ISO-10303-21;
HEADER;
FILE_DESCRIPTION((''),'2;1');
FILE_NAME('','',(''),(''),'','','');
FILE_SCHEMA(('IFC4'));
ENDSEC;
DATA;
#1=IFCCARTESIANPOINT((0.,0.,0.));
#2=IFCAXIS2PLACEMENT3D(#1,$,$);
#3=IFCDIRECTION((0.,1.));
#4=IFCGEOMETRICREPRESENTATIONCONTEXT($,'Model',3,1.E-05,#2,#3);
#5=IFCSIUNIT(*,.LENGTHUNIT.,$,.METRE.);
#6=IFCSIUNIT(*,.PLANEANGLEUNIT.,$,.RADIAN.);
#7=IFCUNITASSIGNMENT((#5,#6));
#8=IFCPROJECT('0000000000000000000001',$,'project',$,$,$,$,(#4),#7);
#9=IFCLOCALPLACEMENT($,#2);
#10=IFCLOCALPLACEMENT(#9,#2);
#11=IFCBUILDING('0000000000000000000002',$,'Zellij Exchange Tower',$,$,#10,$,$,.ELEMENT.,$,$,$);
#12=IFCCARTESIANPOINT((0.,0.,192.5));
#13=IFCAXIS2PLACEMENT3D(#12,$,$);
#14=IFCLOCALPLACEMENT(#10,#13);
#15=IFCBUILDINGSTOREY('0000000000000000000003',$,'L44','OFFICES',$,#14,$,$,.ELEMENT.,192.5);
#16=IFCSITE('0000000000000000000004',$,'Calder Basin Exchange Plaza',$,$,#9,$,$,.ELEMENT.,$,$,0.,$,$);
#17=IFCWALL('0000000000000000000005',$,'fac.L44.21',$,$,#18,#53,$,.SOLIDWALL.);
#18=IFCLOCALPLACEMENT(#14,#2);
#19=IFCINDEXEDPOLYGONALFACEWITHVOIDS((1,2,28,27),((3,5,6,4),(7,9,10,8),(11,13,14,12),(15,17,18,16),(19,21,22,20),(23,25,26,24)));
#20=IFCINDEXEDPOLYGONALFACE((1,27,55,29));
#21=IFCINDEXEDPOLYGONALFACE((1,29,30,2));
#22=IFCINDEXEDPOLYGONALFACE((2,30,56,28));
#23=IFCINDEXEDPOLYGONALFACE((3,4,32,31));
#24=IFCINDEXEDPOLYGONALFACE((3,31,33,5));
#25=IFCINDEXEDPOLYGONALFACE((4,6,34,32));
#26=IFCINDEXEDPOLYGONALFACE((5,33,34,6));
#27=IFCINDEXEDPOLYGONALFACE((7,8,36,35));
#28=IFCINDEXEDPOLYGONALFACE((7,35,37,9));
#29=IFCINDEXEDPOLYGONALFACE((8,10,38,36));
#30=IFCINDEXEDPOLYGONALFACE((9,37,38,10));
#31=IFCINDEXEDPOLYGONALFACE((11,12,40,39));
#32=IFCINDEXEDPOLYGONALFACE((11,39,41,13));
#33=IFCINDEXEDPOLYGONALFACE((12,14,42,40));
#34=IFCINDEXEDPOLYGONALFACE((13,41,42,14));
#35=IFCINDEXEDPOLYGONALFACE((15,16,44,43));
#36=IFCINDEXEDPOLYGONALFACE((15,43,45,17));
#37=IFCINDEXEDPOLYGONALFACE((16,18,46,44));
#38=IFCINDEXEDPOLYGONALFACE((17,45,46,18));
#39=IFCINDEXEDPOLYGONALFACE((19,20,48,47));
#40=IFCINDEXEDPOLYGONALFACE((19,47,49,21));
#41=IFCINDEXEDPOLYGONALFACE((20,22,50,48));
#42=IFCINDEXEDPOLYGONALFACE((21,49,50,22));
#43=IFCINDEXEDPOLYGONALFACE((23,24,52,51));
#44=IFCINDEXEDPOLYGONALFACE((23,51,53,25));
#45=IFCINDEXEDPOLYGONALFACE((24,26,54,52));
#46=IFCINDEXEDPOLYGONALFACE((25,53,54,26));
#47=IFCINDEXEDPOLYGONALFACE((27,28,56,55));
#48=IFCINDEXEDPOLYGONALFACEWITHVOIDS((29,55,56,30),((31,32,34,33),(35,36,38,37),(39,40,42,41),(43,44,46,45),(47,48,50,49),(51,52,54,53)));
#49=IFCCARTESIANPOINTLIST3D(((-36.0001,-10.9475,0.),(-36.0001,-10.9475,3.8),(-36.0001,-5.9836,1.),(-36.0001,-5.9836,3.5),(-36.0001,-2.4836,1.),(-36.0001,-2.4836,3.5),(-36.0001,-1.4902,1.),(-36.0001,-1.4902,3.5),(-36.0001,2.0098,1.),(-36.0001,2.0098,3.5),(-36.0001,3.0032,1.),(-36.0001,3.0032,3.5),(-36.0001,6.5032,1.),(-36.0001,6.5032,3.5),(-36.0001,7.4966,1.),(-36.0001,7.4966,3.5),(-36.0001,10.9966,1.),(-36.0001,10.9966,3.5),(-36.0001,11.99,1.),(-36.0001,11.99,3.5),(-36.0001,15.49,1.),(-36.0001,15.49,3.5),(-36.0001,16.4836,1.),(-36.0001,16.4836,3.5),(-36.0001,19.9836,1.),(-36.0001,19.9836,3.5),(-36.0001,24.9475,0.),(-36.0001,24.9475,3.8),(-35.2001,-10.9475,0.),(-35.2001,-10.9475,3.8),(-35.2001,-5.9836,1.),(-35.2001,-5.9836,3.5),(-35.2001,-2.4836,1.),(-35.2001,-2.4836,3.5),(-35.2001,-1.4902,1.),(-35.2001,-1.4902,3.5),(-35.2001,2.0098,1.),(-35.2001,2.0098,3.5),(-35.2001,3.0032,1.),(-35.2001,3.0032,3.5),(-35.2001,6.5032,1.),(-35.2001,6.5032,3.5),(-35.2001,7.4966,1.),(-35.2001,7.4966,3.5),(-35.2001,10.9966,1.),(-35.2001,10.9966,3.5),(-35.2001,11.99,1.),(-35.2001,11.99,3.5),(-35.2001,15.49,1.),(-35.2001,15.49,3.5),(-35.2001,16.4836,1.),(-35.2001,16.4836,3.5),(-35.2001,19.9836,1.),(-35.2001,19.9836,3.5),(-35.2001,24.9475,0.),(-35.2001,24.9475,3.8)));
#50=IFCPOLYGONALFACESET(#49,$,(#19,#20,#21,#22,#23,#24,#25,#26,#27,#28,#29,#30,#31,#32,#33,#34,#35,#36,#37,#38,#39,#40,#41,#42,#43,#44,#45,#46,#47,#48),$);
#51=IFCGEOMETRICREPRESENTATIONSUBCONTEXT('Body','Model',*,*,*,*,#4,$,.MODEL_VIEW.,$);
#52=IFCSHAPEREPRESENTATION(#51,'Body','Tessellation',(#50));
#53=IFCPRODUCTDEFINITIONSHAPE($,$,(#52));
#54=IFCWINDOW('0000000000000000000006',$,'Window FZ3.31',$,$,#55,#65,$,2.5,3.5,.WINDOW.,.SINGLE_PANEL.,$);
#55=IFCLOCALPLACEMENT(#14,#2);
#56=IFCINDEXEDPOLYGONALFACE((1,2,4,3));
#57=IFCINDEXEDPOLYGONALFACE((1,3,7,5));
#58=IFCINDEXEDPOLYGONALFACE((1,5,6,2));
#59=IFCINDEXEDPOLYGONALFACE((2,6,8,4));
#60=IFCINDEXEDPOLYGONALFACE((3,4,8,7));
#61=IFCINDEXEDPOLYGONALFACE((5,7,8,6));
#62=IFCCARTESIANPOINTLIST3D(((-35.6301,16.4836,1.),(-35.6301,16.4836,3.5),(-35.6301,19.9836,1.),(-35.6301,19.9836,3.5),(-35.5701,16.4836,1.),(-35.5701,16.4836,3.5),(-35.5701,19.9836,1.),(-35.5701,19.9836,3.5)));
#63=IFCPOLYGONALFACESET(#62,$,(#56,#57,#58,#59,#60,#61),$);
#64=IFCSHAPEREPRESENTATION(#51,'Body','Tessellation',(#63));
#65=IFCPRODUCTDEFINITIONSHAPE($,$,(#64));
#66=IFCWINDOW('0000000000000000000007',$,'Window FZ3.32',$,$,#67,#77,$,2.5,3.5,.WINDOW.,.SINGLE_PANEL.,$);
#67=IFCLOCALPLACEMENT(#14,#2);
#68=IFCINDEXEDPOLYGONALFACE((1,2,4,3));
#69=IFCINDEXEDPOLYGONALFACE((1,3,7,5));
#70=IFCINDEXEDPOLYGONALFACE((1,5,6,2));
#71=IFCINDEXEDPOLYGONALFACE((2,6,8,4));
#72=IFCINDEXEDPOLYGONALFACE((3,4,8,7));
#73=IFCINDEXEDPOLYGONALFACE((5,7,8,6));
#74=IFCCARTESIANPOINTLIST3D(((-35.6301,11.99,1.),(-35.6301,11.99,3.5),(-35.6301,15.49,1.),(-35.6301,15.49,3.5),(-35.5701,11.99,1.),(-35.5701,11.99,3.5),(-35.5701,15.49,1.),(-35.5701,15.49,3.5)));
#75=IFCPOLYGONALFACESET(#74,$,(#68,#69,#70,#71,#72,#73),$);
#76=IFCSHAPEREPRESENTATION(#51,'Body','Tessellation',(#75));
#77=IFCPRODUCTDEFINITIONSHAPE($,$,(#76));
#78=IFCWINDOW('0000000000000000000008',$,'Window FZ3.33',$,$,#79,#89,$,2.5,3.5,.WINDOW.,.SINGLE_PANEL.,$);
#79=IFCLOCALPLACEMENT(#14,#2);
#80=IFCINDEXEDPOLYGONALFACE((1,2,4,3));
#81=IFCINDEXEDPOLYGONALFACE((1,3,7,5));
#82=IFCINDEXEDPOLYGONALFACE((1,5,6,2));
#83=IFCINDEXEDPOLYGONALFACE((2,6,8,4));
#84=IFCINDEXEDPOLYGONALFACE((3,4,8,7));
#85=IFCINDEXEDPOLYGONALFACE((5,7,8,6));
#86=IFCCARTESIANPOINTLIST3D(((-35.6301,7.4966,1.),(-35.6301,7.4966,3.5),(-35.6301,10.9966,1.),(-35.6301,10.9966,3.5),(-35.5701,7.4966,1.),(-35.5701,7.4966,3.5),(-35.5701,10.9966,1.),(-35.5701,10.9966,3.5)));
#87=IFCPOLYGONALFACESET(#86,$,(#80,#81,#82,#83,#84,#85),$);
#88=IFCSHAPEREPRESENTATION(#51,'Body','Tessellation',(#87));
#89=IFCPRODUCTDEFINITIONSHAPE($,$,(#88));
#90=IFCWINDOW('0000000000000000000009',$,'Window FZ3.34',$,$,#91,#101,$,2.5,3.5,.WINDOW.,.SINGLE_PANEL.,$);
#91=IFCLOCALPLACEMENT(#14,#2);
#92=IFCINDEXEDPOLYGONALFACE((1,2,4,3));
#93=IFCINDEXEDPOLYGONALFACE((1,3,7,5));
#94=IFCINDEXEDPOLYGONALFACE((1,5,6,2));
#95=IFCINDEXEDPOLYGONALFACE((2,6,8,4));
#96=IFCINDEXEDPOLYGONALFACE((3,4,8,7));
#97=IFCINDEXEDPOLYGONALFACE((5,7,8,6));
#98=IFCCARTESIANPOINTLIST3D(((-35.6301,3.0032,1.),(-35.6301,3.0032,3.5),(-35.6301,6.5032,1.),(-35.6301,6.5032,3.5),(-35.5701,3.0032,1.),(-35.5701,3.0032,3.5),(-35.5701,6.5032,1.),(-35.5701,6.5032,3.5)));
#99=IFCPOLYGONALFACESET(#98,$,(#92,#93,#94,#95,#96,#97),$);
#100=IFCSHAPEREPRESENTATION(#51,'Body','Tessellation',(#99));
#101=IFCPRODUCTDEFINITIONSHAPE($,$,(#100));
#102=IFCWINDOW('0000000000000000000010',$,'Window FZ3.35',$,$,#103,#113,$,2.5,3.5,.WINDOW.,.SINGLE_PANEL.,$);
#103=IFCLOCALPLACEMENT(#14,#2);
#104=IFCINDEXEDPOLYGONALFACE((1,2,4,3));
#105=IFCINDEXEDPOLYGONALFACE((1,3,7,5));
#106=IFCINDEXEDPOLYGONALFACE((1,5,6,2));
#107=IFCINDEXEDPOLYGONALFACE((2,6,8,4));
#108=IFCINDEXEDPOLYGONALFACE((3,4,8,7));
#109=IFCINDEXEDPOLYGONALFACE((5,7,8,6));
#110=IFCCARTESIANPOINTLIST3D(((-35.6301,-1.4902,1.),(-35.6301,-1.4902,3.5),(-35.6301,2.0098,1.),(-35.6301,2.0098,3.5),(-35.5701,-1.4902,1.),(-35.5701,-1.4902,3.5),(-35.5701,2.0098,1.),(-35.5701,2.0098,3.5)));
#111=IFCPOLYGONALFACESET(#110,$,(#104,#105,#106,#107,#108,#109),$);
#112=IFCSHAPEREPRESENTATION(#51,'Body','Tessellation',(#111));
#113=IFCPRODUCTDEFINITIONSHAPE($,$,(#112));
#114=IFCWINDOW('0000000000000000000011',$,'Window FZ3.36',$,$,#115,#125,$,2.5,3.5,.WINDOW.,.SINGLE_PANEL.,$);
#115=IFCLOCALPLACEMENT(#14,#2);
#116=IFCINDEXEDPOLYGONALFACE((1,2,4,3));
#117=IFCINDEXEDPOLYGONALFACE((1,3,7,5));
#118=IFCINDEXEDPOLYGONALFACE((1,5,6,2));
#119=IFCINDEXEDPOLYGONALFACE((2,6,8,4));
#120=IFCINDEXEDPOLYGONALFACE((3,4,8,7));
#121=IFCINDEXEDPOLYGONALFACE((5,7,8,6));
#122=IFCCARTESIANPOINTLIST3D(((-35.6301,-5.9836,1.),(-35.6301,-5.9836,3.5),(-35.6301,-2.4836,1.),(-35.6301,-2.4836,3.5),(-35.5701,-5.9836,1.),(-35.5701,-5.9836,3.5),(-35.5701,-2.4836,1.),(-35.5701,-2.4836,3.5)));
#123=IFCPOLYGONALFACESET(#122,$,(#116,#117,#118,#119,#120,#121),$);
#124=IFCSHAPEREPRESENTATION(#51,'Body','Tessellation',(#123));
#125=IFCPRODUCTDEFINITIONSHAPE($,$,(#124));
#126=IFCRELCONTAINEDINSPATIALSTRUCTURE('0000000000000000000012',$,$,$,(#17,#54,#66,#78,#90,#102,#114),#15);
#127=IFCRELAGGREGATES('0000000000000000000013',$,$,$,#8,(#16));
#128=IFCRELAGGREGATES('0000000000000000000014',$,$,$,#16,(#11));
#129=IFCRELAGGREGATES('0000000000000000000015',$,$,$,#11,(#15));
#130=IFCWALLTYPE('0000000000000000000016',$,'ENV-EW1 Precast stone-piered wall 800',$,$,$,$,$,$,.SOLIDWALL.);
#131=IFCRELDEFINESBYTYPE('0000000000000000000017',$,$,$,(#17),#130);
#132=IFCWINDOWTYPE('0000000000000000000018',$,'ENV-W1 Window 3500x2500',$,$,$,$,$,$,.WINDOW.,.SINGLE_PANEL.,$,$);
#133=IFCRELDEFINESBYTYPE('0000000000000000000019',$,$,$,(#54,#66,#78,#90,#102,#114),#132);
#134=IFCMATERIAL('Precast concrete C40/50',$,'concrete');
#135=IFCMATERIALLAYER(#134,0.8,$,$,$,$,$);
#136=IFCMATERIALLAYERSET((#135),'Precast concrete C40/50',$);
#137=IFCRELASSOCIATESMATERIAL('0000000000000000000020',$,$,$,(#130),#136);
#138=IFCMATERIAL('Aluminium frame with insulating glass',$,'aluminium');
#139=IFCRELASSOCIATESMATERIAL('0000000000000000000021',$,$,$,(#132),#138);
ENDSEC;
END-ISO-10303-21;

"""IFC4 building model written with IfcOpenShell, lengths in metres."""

from ifc_helpers import new_model, si_unit, direction, frame, frame_2d, origin, place, context, subcontext, project, spatial, rectangle, extrude, material, layer, layer_set, type_object, element, fill, save


model = new_model("IFC4")

# Units and contexts
model_context = context("Model", 3, precision=1e-05, world=origin(), true_north=direction((0.0, 1.0)))
body_context = subcontext(model_context, "Body", "Model", "MODEL_VIEW")
ifc_project = project(units=[si_unit("LENGTHUNIT", "METRE"), si_unit("PLANEANGLEUNIT", "RADIAN")], contexts=[model_context])

# Site, building, storey
site_placement = place(None, origin())
site = spatial("IfcSite", under=ifc_project, at=site_placement, Name="Calder Basin Exchange Plaza", CompositionType="ELEMENT", RefElevation=0.0)
building_placement = place(site_placement, origin())
building = spatial("IfcBuilding", under=site, at=building_placement, Name="Zellij Exchange Tower", CompositionType="ELEMENT")
storey_placement = place(building_placement, frame((0.0, 0.0, 192.5)))
storey = spatial("IfcBuildingStorey", under=building, at=storey_placement, Name="L44", Description="OFFICES", CompositionType="ELEMENT", Elevation=192.5)

# Shared definitions
ifc_material_1 = material(Name="Precast concrete C40/50", Category="concrete")
ifc_layer = layer(ifc_material_1, 0.8)
ifc_layer_set = layer_set([ifc_layer], Name="Precast concrete C40/50")
wall_type = type_object("IfcWallType", Name="ENV-EW1 Precast stone-piered wall 800", PredefinedType="SOLIDWALL", material=ifc_layer_set)

# Wall, openings, windows
wall_1_placement = place(storey_placement, frame((-35.6001, 24.9475, 0.0), z_axis=(0.0, 0.0, 1.0), x_axis=(0.0, -1.0, 0.0)))
wall_1 = element("IfcWall", 1, at=wall_1_placement, inside=storey, type_object=wall_type, Name="fac.L44.21", PredefinedType="SOLIDWALL", context=body_context, shape_type="SweptSolid", body=[
    extrude(rectangle(XDim=35.895, YDim=0.8, at=frame_2d((17.9475, 0.0))), origin(), (0.0, 0.0, 1.0), 3.8),
])
opening_1_placement = place(wall_1_placement, frame((4.9639, 0.0, 1.0)))
opening_1 = element("IfcOpeningElement", 2, at=opening_1_placement, cuts=wall_1, PredefinedType="OPENING", context=body_context, shape_type="SweptSolid", body=[
    extrude(rectangle(XDim=3.5, YDim=2.5, at=frame_2d((1.75, 1.25))), frame((0.0, 0.4121, 0.0), z_axis=(0.0, -1.0, 0.0), x_axis=(1.0, 0.0, 0.0)), (0.0, 0.0, 1.0), 0.824),
])
opening_2_placement = place(wall_1_placement, frame((9.4575, 0.0, 1.0)))
opening_2 = element("IfcOpeningElement", 3, at=opening_2_placement, cuts=wall_1, PredefinedType="OPENING", context=body_context, shape_type="SweptSolid", body=[
    extrude(rectangle(XDim=3.5, YDim=2.5, at=frame_2d((1.75, 1.25))), frame((0.0, 0.4121, 0.0), z_axis=(0.0, -1.0, 0.0), x_axis=(1.0, 0.0, 0.0)), (0.0, 0.0, 1.0), 0.824),
])
opening_3_placement = place(wall_1_placement, frame((13.9509, 0.0, 1.0)))
opening_3 = element("IfcOpeningElement", 4, at=opening_3_placement, cuts=wall_1, PredefinedType="OPENING", context=body_context, shape_type="SweptSolid", body=[
    extrude(rectangle(XDim=3.5, YDim=2.5, at=frame_2d((1.75, 1.25))), frame((0.0, 0.4121, 0.0), z_axis=(0.0, -1.0, 0.0), x_axis=(1.0, 0.0, 0.0)), (0.0, 0.0, 1.0), 0.824),
])
opening_4_placement = place(wall_1_placement, frame((18.4443, 0.0, 1.0)))
opening_4 = element("IfcOpeningElement", 5, at=opening_4_placement, cuts=wall_1, PredefinedType="OPENING", context=body_context, shape_type="SweptSolid", body=[
    extrude(rectangle(XDim=3.5, YDim=2.5, at=frame_2d((1.75, 1.25))), frame((0.0, 0.4121, 0.0), z_axis=(0.0, -1.0, 0.0), x_axis=(1.0, 0.0, 0.0)), (0.0, 0.0, 1.0), 0.824),
])
opening_5_placement = place(wall_1_placement, frame((22.9377, 0.0, 1.0)))
opening_5 = element("IfcOpeningElement", 6, at=opening_5_placement, cuts=wall_1, PredefinedType="OPENING", context=body_context, shape_type="SweptSolid", body=[
    extrude(rectangle(XDim=3.5, YDim=2.5, at=frame_2d((1.75, 1.25))), frame((0.0, 0.4121, 0.0), z_axis=(0.0, -1.0, 0.0), x_axis=(1.0, 0.0, 0.0)), (0.0, 0.0, 1.0), 0.824),
])
opening_6_placement = place(wall_1_placement, frame((27.4312, 0.0, 1.0)))
opening_6 = element("IfcOpeningElement", 7, at=opening_6_placement, cuts=wall_1, PredefinedType="OPENING", context=body_context, shape_type="SweptSolid", body=[
    extrude(rectangle(XDim=3.5, YDim=2.5, at=frame_2d((1.75, 1.25))), frame((0.0, 0.4121, 0.0), z_axis=(0.0, -1.0, 0.0), x_axis=(1.0, 0.0, 0.0)), (0.0, 0.0, 1.0), 0.824),
])
ifc_material_2 = material(Name="Aluminium frame with insulating glass", Category="aluminium")
window_type = type_object("IfcWindowType", Name="ENV-W1 Window 3500x2500", PartitioningType="SINGLE_PANEL", PredefinedType="WINDOW", material=ifc_material_2)
window_1_placement = place(opening_1_placement, origin())
window_1 = element("IfcWindow", 8, at=window_1_placement, inside=storey, type_object=window_type, Name="Window FZ3.31", OverallHeight=2.5, OverallWidth=3.5, PartitioningType="SINGLE_PANEL", PredefinedType="WINDOW", context=body_context, shape_type="SweptSolid", body=[
    extrude(rectangle(XDim=3.5, YDim=2.5, at=frame_2d((1.75, 1.25))), frame((0.0, 0.03, 0.0), z_axis=(0.0, -1.0, 0.0), x_axis=(1.0, 0.0, 0.0)), (0.0, 0.0, 1.0), 0.0601),
])
fill(opening_1, window_1)
window_2_placement = place(opening_2_placement, origin())
window_2 = element("IfcWindow", 9, at=window_2_placement, inside=storey, type_object=window_type, Name="Window FZ3.32", OverallHeight=2.5, OverallWidth=3.5, PartitioningType="SINGLE_PANEL", PredefinedType="WINDOW", context=body_context, shape_type="SweptSolid", body=[
    extrude(rectangle(XDim=3.5, YDim=2.5, at=frame_2d((1.75, 1.25))), frame((0.0, 0.03, 0.0), z_axis=(0.0, -1.0, 0.0), x_axis=(1.0, 0.0, 0.0)), (0.0, 0.0, 1.0), 0.0601),
])
fill(opening_2, window_2)
window_3_placement = place(opening_3_placement, origin())
window_3 = element("IfcWindow", 10, at=window_3_placement, inside=storey, type_object=window_type, Name="Window FZ3.33", OverallHeight=2.5, OverallWidth=3.5, PartitioningType="SINGLE_PANEL", PredefinedType="WINDOW", context=body_context, shape_type="SweptSolid", body=[
    extrude(rectangle(XDim=3.5, YDim=2.5, at=frame_2d((1.75, 1.25))), frame((0.0, 0.03, 0.0), z_axis=(0.0, -1.0, 0.0), x_axis=(1.0, 0.0, 0.0)), (0.0, 0.0, 1.0), 0.0601),
])
fill(opening_3, window_3)
window_4_placement = place(opening_4_placement, origin())
window_4 = element("IfcWindow", 11, at=window_4_placement, inside=storey, type_object=window_type, Name="Window FZ3.34", OverallHeight=2.5, OverallWidth=3.5, PartitioningType="SINGLE_PANEL", PredefinedType="WINDOW", context=body_context, shape_type="SweptSolid", body=[
    extrude(rectangle(XDim=3.5, YDim=2.5, at=frame_2d((1.75, 1.25))), frame((0.0, 0.03, 0.0), z_axis=(0.0, -1.0, 0.0), x_axis=(1.0, 0.0, 0.0)), (0.0, 0.0, 1.0), 0.0601),
])
fill(opening_4, window_4)
window_5_placement = place(opening_5_placement, origin())
window_5 = element("IfcWindow", 12, at=window_5_placement, inside=storey, type_object=window_type, Name="Window FZ3.35", OverallHeight=2.5, OverallWidth=3.5, PartitioningType="SINGLE_PANEL", PredefinedType="WINDOW", context=body_context, shape_type="SweptSolid", body=[
    extrude(rectangle(XDim=3.5, YDim=2.5, at=frame_2d((1.75, 1.25))), frame((0.0, 0.03, 0.0), z_axis=(0.0, -1.0, 0.0), x_axis=(1.0, 0.0, 0.0)), (0.0, 0.0, 1.0), 0.0601),
])
fill(opening_5, window_5)
window_6_placement = place(opening_6_placement, origin())
window_6 = element("IfcWindow", 13, at=window_6_placement, inside=storey, type_object=window_type, Name="Window FZ3.36", OverallHeight=2.5, OverallWidth=3.5, PartitioningType="SINGLE_PANEL", PredefinedType="WINDOW", context=body_context, shape_type="SweptSolid", body=[
    extrude(rectangle(XDim=3.5, YDim=2.5, at=frame_2d((1.75, 1.25))), frame((0.0, 0.03, 0.0), z_axis=(0.0, -1.0, 0.0), x_axis=(1.0, 0.0, 0.0)), (0.0, 0.0, 1.0), 0.0601),
])
fill(opening_6, window_6)

save(model, "model.ifc")
